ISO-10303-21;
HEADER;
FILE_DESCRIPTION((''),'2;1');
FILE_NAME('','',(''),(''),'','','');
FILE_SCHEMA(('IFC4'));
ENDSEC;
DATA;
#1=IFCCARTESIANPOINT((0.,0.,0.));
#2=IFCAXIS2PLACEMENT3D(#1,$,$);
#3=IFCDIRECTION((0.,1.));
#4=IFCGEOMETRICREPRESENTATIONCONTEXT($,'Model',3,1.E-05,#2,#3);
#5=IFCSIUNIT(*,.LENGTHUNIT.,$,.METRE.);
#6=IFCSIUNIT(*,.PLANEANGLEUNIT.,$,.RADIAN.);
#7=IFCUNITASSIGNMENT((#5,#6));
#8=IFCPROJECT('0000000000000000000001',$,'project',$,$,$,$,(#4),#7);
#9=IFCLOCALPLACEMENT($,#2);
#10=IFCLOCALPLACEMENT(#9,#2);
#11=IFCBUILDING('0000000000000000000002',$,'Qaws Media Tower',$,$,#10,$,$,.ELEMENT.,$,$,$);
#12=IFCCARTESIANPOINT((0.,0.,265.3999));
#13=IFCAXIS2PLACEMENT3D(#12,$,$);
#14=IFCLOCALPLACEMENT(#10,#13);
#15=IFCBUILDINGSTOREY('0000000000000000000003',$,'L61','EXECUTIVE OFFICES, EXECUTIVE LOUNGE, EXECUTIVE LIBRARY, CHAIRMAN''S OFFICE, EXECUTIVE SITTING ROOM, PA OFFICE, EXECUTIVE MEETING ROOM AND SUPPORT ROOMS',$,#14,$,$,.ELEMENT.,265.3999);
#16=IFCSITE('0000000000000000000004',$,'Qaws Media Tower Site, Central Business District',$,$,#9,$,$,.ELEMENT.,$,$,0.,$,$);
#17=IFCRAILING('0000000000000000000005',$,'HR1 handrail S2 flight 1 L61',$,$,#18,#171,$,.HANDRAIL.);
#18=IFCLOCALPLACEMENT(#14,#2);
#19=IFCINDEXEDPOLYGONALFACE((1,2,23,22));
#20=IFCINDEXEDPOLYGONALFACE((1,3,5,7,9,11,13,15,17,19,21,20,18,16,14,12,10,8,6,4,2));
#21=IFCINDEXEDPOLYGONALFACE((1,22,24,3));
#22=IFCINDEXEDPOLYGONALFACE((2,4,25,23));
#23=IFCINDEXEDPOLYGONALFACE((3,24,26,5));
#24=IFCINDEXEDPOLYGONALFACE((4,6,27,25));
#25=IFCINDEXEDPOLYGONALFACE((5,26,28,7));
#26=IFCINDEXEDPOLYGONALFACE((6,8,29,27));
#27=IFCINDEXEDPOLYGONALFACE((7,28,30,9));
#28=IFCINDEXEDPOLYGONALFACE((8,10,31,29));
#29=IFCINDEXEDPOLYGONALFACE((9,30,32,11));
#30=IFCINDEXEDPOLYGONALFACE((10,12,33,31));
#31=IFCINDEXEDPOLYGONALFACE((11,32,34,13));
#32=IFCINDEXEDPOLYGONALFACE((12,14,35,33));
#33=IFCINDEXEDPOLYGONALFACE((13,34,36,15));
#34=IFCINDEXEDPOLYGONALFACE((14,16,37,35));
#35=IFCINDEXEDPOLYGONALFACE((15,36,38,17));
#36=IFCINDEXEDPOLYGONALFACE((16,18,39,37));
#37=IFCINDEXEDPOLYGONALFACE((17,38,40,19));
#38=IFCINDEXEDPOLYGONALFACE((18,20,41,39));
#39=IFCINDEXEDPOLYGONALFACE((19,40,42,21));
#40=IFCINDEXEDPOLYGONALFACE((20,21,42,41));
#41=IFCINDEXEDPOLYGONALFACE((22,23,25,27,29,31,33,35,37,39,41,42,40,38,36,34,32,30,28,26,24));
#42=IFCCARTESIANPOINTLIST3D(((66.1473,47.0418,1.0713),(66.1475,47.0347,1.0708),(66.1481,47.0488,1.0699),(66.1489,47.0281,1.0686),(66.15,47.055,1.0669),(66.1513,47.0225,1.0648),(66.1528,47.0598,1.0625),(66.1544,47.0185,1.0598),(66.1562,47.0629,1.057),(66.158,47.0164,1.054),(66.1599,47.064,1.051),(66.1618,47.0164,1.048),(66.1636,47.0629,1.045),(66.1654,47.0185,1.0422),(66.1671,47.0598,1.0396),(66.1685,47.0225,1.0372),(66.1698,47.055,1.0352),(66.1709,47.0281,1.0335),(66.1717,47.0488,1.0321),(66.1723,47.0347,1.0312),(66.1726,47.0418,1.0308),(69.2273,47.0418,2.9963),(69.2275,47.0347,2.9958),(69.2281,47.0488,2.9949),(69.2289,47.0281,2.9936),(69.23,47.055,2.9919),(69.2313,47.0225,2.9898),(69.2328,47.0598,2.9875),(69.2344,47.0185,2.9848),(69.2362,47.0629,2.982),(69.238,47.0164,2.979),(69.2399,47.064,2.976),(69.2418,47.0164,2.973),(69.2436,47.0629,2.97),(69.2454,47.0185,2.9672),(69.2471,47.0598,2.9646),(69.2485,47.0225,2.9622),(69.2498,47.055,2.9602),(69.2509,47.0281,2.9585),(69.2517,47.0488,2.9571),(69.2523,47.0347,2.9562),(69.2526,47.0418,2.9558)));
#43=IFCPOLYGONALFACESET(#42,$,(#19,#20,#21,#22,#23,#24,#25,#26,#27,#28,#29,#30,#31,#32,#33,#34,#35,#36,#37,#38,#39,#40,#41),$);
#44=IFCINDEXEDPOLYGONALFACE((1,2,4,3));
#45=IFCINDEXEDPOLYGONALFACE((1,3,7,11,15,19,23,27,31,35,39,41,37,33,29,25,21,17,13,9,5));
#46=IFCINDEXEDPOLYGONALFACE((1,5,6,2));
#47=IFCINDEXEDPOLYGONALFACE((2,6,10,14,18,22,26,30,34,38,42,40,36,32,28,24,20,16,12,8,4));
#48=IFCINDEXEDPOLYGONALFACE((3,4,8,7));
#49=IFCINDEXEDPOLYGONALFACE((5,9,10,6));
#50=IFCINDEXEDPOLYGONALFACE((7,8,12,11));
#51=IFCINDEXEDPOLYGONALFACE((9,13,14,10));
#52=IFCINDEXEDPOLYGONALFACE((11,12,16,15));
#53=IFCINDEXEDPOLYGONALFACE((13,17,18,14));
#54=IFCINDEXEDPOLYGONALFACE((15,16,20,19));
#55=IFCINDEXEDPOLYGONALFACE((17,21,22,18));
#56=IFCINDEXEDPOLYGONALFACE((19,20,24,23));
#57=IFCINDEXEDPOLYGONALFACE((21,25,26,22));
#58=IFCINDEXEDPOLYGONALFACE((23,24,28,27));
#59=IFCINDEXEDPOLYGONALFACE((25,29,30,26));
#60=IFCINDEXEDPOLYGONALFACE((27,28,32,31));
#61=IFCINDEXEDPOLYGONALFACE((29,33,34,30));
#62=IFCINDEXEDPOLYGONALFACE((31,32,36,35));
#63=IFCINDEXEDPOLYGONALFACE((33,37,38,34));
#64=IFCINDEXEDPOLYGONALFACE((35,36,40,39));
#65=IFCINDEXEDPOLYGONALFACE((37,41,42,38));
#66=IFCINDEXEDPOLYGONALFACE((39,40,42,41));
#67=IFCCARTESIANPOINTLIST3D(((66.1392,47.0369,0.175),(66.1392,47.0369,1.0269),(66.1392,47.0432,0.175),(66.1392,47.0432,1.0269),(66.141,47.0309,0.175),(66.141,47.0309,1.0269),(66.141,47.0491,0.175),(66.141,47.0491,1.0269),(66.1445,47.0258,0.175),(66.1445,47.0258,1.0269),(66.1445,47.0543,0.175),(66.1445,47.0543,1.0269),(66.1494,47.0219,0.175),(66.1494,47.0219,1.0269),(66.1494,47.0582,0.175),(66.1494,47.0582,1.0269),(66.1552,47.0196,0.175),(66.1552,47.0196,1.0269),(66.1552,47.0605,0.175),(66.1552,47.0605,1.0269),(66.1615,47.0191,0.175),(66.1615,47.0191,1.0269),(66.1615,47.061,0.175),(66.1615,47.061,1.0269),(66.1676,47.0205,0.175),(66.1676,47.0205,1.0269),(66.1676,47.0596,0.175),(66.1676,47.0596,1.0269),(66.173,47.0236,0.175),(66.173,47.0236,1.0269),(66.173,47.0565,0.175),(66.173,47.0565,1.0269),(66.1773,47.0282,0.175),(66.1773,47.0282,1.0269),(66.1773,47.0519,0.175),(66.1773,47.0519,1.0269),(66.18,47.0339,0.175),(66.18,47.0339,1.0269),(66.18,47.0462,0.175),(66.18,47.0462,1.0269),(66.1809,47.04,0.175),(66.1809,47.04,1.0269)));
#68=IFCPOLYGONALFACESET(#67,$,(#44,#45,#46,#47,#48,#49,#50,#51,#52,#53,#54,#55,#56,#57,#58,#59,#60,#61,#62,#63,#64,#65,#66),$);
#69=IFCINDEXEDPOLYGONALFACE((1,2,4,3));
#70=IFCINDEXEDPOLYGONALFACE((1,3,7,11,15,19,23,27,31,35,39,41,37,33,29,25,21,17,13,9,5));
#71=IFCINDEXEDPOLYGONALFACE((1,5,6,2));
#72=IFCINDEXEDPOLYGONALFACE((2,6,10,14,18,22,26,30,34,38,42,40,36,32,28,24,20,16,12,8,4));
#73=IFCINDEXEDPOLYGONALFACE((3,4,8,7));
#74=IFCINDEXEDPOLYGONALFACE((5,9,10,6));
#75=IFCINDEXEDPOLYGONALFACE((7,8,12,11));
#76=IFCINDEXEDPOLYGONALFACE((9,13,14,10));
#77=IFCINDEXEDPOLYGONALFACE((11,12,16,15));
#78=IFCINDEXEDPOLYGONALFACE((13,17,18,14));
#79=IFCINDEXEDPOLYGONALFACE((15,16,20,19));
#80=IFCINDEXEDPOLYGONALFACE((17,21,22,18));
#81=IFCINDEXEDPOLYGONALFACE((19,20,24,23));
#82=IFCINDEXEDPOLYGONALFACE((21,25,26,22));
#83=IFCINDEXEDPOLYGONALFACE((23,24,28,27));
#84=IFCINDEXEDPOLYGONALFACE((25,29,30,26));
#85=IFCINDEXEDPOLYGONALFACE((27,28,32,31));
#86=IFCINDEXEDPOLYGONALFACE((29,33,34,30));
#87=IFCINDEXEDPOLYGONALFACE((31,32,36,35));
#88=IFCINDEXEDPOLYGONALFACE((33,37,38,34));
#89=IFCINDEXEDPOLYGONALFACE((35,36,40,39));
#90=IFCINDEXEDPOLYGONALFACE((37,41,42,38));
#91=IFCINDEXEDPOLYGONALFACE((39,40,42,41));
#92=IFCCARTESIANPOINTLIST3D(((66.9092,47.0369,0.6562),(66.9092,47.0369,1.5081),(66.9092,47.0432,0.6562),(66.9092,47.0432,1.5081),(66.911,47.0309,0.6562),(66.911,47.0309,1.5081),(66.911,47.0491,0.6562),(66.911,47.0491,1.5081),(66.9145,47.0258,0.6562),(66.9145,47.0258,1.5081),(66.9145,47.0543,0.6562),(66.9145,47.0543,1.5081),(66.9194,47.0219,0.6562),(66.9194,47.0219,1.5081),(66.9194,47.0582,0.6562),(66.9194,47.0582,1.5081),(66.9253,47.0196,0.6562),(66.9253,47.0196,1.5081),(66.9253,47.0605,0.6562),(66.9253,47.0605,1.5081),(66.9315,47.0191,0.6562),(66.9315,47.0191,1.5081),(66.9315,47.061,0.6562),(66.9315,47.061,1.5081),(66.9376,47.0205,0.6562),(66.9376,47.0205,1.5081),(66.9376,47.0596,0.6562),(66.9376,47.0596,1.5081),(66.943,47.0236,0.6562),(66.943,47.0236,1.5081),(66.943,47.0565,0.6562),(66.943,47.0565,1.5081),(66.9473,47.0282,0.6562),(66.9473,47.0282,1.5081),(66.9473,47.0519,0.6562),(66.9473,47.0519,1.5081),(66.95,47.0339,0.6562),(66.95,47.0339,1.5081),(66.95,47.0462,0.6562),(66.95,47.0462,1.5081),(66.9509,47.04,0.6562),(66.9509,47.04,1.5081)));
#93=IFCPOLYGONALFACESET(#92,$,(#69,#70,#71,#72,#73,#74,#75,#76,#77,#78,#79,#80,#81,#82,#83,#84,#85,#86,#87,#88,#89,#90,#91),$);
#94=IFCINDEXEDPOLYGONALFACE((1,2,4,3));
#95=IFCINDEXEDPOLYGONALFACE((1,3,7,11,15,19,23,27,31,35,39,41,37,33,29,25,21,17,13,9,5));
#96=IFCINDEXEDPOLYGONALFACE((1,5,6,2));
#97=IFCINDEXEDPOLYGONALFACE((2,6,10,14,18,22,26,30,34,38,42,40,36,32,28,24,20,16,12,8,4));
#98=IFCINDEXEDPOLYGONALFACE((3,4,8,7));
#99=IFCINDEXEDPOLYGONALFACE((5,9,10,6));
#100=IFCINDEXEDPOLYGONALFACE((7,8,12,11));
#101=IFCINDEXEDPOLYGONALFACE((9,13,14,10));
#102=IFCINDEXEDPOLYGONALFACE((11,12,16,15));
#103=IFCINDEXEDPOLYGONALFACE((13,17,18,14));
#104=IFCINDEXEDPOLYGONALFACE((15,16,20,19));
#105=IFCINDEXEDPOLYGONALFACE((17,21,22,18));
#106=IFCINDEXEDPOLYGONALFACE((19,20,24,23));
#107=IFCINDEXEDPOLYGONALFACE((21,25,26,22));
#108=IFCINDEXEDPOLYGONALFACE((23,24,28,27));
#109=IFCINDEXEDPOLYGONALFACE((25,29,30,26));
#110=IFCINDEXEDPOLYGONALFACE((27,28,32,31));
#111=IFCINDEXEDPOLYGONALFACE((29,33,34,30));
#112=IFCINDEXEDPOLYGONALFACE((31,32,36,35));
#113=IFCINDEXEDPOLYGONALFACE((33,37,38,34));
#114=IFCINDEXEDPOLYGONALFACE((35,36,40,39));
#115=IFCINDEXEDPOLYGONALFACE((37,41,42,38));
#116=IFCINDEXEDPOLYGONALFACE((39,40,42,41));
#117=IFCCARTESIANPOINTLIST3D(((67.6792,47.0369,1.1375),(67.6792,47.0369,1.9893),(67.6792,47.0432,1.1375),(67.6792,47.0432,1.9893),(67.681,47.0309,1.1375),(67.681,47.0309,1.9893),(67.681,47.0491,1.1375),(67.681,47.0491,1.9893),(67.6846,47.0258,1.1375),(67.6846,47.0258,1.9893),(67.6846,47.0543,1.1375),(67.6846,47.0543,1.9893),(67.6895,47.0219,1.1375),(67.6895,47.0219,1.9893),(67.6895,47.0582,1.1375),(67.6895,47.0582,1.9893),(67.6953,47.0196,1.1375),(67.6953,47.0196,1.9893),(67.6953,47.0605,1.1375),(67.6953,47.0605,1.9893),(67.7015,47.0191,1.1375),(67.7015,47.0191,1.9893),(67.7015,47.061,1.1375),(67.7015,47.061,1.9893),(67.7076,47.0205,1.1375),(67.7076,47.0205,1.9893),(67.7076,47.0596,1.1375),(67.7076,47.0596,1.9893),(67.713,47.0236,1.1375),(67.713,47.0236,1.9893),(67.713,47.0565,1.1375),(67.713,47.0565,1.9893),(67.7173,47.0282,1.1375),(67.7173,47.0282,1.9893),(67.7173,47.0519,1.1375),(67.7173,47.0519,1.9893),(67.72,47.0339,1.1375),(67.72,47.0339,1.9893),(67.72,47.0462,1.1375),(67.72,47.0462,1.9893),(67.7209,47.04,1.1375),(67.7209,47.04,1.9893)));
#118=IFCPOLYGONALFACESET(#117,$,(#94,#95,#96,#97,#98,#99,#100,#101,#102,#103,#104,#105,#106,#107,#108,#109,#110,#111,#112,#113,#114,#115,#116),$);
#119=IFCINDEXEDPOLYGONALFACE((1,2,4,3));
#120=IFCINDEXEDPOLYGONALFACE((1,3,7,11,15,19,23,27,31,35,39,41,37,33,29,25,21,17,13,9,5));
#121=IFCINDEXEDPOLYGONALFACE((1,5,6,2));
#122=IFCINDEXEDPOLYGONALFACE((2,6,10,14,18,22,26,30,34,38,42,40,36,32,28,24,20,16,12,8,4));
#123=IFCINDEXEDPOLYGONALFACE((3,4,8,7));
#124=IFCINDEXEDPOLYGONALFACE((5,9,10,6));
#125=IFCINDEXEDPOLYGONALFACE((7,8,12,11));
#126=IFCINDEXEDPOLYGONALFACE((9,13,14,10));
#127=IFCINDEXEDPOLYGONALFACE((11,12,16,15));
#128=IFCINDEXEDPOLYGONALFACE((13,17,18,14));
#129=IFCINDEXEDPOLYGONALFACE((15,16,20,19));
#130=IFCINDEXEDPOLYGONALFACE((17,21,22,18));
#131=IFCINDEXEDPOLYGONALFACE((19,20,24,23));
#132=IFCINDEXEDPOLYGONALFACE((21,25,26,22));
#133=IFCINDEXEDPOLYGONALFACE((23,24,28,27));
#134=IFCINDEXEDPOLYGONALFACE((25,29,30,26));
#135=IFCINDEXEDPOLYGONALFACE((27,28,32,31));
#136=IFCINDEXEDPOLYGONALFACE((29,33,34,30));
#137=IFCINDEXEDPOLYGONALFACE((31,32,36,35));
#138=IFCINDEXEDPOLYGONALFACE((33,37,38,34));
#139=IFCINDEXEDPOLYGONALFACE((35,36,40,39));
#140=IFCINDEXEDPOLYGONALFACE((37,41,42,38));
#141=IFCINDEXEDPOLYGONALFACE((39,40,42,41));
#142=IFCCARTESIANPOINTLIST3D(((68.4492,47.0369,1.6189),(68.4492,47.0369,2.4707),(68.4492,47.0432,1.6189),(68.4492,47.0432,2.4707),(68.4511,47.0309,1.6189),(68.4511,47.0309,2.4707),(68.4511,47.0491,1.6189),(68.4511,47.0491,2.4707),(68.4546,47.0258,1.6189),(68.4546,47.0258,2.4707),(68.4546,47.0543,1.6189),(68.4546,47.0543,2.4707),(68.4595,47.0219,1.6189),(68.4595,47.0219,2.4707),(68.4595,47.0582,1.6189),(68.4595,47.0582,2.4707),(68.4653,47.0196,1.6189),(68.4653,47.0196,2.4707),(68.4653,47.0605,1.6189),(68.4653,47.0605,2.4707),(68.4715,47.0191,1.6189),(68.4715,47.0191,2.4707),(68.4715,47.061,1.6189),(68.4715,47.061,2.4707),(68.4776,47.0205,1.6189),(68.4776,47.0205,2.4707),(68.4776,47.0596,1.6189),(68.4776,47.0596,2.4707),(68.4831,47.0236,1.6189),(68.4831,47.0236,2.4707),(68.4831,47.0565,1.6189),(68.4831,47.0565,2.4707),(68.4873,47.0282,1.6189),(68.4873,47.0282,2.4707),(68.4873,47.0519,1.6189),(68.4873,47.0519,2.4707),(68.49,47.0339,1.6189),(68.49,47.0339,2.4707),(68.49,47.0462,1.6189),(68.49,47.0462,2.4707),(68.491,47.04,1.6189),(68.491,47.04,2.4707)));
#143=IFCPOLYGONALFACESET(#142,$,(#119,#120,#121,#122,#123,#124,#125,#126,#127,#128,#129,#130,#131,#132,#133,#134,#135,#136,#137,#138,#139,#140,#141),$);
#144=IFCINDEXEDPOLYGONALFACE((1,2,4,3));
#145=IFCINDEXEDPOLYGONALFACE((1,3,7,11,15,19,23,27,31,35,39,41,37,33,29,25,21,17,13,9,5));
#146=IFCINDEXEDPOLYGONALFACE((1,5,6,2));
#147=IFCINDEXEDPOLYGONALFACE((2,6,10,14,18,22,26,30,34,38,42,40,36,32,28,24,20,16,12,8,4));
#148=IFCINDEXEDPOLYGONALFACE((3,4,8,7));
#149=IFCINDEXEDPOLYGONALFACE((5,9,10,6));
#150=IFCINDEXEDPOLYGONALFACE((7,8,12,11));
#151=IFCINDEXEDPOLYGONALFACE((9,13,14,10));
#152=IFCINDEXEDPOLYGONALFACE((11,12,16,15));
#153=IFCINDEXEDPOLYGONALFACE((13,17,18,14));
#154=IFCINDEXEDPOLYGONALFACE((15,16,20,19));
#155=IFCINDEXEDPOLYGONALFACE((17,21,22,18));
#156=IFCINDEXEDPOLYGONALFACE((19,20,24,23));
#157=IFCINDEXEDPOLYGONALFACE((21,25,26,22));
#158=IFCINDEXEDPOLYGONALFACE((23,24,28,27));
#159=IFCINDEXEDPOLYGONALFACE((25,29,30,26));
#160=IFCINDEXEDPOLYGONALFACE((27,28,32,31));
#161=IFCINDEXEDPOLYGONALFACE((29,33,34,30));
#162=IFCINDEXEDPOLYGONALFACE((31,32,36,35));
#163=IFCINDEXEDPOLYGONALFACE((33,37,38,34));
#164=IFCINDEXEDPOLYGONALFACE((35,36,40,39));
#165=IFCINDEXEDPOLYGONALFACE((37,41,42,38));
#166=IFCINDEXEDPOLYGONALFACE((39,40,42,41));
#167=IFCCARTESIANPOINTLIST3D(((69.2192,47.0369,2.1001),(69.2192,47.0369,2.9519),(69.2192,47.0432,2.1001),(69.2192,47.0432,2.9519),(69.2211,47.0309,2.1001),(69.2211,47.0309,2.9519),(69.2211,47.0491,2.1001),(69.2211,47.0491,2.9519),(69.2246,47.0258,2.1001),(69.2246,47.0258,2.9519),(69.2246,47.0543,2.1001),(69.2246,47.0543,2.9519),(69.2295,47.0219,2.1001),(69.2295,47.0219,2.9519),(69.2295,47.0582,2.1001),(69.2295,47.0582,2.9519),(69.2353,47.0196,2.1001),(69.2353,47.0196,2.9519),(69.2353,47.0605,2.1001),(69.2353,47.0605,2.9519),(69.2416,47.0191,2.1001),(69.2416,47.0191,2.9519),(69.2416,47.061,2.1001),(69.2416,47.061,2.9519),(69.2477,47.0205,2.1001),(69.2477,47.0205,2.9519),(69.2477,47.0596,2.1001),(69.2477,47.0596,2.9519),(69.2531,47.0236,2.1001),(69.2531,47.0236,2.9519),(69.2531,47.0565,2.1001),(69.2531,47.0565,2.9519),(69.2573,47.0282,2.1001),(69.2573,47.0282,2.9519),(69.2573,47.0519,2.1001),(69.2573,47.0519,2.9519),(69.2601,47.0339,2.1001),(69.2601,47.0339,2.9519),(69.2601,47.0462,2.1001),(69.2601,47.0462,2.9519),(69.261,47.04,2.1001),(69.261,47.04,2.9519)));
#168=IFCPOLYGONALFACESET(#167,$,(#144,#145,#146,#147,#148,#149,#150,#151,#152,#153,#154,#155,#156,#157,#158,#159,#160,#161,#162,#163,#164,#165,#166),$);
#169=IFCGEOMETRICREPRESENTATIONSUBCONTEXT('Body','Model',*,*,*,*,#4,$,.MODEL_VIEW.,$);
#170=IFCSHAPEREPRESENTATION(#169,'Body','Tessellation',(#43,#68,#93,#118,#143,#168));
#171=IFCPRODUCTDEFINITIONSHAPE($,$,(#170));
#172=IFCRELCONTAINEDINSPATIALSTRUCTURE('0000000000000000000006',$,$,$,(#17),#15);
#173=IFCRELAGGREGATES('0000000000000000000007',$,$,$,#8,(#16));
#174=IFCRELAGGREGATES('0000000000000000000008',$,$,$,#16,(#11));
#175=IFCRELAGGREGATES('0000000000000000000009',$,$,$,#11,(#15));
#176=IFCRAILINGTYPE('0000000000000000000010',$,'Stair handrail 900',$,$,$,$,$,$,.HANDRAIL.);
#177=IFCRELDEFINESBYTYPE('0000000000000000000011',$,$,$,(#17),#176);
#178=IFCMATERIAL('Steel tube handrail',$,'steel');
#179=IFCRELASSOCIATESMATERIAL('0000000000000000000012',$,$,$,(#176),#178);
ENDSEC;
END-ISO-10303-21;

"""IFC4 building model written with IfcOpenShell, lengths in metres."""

from ifc_helpers import new_model, si_unit, direction, frame, origin, origin_2d, place, context, subcontext, project, spatial, circle, extrude, material, type_object, element, save


model = new_model("IFC4")

# Units and contexts
model_context = context("Model", 3, precision=1e-05, world=origin(), true_north=direction((0.0, 1.0)))
body_context = subcontext(model_context, "Body", "Model", "MODEL_VIEW")
ifc_project = project(units=[si_unit("LENGTHUNIT", "METRE"), si_unit("PLANEANGLEUNIT", "RADIAN")], contexts=[model_context])

# Site, building, storey
site_placement = place(None, origin())
site = spatial("IfcSite", under=ifc_project, at=site_placement, Name="Qaws Media Tower Site, Central Business District", CompositionType="ELEMENT", RefElevation=0.0)
building_placement = place(site_placement, origin())
building = spatial("IfcBuilding", under=site, at=building_placement, Name="Qaws Media Tower", CompositionType="ELEMENT")
storey_placement = place(building_placement, frame((0.0, 0.0, 265.3999)))
storey = spatial("IfcBuildingStorey", under=building, at=storey_placement, Name="L61", Description="EXECUTIVE OFFICES, EXECUTIVE LOUNGE, EXECUTIVE LIBRARY, CHAIRMAN'S OFFICE, EXECUTIVE SITTING ROOM, PA OFFICE, EXECUTIVE MEETING ROOM AND SUPPORT ROOMS", CompositionType="ELEMENT", Elevation=265.3999)

# Railing
ifc_material_1 = material(Name="Steel tube handrail", Category="steel")
railing_type = type_object("IfcRailingType", Name="Stair handrail 900", PredefinedType="HANDRAIL", material=ifc_material_1)
for number, where, name in (
    (1, (66.1599, 47.04, 0.175), "HR1 handrail S2 flight 1 L61"),
):
    element("IfcRailing", number, at=place(storey_placement, frame(where)), inside=storey, type_object=railing_type, Name=name, PredefinedType="HANDRAIL", context=body_context, shape_type="SweptSolid", body=[
        extrude(circle(Radius=0.0239, at=origin_2d()), frame((0.0, 0.0, 0.876), z_axis=(0.847998, 0.0, 0.529999), x_axis=(0.0, 1.0, 0.0)), (0.0, 0.0, 1.0), 3.6321),
        extrude(circle(Radius=0.021, at=origin_2d()), origin(), (0.0, 0.0, 1.0), 0.8518),
        extrude(circle(Radius=0.021, at=origin_2d()), frame((0.77, 0.0, 0.4812)), (0.0, 0.0, 1.0), 0.8518),
        extrude(circle(Radius=0.021, at=origin_2d()), frame((1.54, 0.0, 0.9624)), (0.0, 0.0, 1.0), 0.8518),
        extrude(circle(Radius=0.021, at=origin_2d()), frame((2.3101, 0.0, 1.4438)), (0.0, 0.0, 1.0), 0.8518),
        extrude(circle(Radius=0.021, at=origin_2d()), frame((3.0801, 0.0, 1.925)), (0.0, 0.0, 1.0), 0.8518),
    ])

save(model, "model.ifc")
